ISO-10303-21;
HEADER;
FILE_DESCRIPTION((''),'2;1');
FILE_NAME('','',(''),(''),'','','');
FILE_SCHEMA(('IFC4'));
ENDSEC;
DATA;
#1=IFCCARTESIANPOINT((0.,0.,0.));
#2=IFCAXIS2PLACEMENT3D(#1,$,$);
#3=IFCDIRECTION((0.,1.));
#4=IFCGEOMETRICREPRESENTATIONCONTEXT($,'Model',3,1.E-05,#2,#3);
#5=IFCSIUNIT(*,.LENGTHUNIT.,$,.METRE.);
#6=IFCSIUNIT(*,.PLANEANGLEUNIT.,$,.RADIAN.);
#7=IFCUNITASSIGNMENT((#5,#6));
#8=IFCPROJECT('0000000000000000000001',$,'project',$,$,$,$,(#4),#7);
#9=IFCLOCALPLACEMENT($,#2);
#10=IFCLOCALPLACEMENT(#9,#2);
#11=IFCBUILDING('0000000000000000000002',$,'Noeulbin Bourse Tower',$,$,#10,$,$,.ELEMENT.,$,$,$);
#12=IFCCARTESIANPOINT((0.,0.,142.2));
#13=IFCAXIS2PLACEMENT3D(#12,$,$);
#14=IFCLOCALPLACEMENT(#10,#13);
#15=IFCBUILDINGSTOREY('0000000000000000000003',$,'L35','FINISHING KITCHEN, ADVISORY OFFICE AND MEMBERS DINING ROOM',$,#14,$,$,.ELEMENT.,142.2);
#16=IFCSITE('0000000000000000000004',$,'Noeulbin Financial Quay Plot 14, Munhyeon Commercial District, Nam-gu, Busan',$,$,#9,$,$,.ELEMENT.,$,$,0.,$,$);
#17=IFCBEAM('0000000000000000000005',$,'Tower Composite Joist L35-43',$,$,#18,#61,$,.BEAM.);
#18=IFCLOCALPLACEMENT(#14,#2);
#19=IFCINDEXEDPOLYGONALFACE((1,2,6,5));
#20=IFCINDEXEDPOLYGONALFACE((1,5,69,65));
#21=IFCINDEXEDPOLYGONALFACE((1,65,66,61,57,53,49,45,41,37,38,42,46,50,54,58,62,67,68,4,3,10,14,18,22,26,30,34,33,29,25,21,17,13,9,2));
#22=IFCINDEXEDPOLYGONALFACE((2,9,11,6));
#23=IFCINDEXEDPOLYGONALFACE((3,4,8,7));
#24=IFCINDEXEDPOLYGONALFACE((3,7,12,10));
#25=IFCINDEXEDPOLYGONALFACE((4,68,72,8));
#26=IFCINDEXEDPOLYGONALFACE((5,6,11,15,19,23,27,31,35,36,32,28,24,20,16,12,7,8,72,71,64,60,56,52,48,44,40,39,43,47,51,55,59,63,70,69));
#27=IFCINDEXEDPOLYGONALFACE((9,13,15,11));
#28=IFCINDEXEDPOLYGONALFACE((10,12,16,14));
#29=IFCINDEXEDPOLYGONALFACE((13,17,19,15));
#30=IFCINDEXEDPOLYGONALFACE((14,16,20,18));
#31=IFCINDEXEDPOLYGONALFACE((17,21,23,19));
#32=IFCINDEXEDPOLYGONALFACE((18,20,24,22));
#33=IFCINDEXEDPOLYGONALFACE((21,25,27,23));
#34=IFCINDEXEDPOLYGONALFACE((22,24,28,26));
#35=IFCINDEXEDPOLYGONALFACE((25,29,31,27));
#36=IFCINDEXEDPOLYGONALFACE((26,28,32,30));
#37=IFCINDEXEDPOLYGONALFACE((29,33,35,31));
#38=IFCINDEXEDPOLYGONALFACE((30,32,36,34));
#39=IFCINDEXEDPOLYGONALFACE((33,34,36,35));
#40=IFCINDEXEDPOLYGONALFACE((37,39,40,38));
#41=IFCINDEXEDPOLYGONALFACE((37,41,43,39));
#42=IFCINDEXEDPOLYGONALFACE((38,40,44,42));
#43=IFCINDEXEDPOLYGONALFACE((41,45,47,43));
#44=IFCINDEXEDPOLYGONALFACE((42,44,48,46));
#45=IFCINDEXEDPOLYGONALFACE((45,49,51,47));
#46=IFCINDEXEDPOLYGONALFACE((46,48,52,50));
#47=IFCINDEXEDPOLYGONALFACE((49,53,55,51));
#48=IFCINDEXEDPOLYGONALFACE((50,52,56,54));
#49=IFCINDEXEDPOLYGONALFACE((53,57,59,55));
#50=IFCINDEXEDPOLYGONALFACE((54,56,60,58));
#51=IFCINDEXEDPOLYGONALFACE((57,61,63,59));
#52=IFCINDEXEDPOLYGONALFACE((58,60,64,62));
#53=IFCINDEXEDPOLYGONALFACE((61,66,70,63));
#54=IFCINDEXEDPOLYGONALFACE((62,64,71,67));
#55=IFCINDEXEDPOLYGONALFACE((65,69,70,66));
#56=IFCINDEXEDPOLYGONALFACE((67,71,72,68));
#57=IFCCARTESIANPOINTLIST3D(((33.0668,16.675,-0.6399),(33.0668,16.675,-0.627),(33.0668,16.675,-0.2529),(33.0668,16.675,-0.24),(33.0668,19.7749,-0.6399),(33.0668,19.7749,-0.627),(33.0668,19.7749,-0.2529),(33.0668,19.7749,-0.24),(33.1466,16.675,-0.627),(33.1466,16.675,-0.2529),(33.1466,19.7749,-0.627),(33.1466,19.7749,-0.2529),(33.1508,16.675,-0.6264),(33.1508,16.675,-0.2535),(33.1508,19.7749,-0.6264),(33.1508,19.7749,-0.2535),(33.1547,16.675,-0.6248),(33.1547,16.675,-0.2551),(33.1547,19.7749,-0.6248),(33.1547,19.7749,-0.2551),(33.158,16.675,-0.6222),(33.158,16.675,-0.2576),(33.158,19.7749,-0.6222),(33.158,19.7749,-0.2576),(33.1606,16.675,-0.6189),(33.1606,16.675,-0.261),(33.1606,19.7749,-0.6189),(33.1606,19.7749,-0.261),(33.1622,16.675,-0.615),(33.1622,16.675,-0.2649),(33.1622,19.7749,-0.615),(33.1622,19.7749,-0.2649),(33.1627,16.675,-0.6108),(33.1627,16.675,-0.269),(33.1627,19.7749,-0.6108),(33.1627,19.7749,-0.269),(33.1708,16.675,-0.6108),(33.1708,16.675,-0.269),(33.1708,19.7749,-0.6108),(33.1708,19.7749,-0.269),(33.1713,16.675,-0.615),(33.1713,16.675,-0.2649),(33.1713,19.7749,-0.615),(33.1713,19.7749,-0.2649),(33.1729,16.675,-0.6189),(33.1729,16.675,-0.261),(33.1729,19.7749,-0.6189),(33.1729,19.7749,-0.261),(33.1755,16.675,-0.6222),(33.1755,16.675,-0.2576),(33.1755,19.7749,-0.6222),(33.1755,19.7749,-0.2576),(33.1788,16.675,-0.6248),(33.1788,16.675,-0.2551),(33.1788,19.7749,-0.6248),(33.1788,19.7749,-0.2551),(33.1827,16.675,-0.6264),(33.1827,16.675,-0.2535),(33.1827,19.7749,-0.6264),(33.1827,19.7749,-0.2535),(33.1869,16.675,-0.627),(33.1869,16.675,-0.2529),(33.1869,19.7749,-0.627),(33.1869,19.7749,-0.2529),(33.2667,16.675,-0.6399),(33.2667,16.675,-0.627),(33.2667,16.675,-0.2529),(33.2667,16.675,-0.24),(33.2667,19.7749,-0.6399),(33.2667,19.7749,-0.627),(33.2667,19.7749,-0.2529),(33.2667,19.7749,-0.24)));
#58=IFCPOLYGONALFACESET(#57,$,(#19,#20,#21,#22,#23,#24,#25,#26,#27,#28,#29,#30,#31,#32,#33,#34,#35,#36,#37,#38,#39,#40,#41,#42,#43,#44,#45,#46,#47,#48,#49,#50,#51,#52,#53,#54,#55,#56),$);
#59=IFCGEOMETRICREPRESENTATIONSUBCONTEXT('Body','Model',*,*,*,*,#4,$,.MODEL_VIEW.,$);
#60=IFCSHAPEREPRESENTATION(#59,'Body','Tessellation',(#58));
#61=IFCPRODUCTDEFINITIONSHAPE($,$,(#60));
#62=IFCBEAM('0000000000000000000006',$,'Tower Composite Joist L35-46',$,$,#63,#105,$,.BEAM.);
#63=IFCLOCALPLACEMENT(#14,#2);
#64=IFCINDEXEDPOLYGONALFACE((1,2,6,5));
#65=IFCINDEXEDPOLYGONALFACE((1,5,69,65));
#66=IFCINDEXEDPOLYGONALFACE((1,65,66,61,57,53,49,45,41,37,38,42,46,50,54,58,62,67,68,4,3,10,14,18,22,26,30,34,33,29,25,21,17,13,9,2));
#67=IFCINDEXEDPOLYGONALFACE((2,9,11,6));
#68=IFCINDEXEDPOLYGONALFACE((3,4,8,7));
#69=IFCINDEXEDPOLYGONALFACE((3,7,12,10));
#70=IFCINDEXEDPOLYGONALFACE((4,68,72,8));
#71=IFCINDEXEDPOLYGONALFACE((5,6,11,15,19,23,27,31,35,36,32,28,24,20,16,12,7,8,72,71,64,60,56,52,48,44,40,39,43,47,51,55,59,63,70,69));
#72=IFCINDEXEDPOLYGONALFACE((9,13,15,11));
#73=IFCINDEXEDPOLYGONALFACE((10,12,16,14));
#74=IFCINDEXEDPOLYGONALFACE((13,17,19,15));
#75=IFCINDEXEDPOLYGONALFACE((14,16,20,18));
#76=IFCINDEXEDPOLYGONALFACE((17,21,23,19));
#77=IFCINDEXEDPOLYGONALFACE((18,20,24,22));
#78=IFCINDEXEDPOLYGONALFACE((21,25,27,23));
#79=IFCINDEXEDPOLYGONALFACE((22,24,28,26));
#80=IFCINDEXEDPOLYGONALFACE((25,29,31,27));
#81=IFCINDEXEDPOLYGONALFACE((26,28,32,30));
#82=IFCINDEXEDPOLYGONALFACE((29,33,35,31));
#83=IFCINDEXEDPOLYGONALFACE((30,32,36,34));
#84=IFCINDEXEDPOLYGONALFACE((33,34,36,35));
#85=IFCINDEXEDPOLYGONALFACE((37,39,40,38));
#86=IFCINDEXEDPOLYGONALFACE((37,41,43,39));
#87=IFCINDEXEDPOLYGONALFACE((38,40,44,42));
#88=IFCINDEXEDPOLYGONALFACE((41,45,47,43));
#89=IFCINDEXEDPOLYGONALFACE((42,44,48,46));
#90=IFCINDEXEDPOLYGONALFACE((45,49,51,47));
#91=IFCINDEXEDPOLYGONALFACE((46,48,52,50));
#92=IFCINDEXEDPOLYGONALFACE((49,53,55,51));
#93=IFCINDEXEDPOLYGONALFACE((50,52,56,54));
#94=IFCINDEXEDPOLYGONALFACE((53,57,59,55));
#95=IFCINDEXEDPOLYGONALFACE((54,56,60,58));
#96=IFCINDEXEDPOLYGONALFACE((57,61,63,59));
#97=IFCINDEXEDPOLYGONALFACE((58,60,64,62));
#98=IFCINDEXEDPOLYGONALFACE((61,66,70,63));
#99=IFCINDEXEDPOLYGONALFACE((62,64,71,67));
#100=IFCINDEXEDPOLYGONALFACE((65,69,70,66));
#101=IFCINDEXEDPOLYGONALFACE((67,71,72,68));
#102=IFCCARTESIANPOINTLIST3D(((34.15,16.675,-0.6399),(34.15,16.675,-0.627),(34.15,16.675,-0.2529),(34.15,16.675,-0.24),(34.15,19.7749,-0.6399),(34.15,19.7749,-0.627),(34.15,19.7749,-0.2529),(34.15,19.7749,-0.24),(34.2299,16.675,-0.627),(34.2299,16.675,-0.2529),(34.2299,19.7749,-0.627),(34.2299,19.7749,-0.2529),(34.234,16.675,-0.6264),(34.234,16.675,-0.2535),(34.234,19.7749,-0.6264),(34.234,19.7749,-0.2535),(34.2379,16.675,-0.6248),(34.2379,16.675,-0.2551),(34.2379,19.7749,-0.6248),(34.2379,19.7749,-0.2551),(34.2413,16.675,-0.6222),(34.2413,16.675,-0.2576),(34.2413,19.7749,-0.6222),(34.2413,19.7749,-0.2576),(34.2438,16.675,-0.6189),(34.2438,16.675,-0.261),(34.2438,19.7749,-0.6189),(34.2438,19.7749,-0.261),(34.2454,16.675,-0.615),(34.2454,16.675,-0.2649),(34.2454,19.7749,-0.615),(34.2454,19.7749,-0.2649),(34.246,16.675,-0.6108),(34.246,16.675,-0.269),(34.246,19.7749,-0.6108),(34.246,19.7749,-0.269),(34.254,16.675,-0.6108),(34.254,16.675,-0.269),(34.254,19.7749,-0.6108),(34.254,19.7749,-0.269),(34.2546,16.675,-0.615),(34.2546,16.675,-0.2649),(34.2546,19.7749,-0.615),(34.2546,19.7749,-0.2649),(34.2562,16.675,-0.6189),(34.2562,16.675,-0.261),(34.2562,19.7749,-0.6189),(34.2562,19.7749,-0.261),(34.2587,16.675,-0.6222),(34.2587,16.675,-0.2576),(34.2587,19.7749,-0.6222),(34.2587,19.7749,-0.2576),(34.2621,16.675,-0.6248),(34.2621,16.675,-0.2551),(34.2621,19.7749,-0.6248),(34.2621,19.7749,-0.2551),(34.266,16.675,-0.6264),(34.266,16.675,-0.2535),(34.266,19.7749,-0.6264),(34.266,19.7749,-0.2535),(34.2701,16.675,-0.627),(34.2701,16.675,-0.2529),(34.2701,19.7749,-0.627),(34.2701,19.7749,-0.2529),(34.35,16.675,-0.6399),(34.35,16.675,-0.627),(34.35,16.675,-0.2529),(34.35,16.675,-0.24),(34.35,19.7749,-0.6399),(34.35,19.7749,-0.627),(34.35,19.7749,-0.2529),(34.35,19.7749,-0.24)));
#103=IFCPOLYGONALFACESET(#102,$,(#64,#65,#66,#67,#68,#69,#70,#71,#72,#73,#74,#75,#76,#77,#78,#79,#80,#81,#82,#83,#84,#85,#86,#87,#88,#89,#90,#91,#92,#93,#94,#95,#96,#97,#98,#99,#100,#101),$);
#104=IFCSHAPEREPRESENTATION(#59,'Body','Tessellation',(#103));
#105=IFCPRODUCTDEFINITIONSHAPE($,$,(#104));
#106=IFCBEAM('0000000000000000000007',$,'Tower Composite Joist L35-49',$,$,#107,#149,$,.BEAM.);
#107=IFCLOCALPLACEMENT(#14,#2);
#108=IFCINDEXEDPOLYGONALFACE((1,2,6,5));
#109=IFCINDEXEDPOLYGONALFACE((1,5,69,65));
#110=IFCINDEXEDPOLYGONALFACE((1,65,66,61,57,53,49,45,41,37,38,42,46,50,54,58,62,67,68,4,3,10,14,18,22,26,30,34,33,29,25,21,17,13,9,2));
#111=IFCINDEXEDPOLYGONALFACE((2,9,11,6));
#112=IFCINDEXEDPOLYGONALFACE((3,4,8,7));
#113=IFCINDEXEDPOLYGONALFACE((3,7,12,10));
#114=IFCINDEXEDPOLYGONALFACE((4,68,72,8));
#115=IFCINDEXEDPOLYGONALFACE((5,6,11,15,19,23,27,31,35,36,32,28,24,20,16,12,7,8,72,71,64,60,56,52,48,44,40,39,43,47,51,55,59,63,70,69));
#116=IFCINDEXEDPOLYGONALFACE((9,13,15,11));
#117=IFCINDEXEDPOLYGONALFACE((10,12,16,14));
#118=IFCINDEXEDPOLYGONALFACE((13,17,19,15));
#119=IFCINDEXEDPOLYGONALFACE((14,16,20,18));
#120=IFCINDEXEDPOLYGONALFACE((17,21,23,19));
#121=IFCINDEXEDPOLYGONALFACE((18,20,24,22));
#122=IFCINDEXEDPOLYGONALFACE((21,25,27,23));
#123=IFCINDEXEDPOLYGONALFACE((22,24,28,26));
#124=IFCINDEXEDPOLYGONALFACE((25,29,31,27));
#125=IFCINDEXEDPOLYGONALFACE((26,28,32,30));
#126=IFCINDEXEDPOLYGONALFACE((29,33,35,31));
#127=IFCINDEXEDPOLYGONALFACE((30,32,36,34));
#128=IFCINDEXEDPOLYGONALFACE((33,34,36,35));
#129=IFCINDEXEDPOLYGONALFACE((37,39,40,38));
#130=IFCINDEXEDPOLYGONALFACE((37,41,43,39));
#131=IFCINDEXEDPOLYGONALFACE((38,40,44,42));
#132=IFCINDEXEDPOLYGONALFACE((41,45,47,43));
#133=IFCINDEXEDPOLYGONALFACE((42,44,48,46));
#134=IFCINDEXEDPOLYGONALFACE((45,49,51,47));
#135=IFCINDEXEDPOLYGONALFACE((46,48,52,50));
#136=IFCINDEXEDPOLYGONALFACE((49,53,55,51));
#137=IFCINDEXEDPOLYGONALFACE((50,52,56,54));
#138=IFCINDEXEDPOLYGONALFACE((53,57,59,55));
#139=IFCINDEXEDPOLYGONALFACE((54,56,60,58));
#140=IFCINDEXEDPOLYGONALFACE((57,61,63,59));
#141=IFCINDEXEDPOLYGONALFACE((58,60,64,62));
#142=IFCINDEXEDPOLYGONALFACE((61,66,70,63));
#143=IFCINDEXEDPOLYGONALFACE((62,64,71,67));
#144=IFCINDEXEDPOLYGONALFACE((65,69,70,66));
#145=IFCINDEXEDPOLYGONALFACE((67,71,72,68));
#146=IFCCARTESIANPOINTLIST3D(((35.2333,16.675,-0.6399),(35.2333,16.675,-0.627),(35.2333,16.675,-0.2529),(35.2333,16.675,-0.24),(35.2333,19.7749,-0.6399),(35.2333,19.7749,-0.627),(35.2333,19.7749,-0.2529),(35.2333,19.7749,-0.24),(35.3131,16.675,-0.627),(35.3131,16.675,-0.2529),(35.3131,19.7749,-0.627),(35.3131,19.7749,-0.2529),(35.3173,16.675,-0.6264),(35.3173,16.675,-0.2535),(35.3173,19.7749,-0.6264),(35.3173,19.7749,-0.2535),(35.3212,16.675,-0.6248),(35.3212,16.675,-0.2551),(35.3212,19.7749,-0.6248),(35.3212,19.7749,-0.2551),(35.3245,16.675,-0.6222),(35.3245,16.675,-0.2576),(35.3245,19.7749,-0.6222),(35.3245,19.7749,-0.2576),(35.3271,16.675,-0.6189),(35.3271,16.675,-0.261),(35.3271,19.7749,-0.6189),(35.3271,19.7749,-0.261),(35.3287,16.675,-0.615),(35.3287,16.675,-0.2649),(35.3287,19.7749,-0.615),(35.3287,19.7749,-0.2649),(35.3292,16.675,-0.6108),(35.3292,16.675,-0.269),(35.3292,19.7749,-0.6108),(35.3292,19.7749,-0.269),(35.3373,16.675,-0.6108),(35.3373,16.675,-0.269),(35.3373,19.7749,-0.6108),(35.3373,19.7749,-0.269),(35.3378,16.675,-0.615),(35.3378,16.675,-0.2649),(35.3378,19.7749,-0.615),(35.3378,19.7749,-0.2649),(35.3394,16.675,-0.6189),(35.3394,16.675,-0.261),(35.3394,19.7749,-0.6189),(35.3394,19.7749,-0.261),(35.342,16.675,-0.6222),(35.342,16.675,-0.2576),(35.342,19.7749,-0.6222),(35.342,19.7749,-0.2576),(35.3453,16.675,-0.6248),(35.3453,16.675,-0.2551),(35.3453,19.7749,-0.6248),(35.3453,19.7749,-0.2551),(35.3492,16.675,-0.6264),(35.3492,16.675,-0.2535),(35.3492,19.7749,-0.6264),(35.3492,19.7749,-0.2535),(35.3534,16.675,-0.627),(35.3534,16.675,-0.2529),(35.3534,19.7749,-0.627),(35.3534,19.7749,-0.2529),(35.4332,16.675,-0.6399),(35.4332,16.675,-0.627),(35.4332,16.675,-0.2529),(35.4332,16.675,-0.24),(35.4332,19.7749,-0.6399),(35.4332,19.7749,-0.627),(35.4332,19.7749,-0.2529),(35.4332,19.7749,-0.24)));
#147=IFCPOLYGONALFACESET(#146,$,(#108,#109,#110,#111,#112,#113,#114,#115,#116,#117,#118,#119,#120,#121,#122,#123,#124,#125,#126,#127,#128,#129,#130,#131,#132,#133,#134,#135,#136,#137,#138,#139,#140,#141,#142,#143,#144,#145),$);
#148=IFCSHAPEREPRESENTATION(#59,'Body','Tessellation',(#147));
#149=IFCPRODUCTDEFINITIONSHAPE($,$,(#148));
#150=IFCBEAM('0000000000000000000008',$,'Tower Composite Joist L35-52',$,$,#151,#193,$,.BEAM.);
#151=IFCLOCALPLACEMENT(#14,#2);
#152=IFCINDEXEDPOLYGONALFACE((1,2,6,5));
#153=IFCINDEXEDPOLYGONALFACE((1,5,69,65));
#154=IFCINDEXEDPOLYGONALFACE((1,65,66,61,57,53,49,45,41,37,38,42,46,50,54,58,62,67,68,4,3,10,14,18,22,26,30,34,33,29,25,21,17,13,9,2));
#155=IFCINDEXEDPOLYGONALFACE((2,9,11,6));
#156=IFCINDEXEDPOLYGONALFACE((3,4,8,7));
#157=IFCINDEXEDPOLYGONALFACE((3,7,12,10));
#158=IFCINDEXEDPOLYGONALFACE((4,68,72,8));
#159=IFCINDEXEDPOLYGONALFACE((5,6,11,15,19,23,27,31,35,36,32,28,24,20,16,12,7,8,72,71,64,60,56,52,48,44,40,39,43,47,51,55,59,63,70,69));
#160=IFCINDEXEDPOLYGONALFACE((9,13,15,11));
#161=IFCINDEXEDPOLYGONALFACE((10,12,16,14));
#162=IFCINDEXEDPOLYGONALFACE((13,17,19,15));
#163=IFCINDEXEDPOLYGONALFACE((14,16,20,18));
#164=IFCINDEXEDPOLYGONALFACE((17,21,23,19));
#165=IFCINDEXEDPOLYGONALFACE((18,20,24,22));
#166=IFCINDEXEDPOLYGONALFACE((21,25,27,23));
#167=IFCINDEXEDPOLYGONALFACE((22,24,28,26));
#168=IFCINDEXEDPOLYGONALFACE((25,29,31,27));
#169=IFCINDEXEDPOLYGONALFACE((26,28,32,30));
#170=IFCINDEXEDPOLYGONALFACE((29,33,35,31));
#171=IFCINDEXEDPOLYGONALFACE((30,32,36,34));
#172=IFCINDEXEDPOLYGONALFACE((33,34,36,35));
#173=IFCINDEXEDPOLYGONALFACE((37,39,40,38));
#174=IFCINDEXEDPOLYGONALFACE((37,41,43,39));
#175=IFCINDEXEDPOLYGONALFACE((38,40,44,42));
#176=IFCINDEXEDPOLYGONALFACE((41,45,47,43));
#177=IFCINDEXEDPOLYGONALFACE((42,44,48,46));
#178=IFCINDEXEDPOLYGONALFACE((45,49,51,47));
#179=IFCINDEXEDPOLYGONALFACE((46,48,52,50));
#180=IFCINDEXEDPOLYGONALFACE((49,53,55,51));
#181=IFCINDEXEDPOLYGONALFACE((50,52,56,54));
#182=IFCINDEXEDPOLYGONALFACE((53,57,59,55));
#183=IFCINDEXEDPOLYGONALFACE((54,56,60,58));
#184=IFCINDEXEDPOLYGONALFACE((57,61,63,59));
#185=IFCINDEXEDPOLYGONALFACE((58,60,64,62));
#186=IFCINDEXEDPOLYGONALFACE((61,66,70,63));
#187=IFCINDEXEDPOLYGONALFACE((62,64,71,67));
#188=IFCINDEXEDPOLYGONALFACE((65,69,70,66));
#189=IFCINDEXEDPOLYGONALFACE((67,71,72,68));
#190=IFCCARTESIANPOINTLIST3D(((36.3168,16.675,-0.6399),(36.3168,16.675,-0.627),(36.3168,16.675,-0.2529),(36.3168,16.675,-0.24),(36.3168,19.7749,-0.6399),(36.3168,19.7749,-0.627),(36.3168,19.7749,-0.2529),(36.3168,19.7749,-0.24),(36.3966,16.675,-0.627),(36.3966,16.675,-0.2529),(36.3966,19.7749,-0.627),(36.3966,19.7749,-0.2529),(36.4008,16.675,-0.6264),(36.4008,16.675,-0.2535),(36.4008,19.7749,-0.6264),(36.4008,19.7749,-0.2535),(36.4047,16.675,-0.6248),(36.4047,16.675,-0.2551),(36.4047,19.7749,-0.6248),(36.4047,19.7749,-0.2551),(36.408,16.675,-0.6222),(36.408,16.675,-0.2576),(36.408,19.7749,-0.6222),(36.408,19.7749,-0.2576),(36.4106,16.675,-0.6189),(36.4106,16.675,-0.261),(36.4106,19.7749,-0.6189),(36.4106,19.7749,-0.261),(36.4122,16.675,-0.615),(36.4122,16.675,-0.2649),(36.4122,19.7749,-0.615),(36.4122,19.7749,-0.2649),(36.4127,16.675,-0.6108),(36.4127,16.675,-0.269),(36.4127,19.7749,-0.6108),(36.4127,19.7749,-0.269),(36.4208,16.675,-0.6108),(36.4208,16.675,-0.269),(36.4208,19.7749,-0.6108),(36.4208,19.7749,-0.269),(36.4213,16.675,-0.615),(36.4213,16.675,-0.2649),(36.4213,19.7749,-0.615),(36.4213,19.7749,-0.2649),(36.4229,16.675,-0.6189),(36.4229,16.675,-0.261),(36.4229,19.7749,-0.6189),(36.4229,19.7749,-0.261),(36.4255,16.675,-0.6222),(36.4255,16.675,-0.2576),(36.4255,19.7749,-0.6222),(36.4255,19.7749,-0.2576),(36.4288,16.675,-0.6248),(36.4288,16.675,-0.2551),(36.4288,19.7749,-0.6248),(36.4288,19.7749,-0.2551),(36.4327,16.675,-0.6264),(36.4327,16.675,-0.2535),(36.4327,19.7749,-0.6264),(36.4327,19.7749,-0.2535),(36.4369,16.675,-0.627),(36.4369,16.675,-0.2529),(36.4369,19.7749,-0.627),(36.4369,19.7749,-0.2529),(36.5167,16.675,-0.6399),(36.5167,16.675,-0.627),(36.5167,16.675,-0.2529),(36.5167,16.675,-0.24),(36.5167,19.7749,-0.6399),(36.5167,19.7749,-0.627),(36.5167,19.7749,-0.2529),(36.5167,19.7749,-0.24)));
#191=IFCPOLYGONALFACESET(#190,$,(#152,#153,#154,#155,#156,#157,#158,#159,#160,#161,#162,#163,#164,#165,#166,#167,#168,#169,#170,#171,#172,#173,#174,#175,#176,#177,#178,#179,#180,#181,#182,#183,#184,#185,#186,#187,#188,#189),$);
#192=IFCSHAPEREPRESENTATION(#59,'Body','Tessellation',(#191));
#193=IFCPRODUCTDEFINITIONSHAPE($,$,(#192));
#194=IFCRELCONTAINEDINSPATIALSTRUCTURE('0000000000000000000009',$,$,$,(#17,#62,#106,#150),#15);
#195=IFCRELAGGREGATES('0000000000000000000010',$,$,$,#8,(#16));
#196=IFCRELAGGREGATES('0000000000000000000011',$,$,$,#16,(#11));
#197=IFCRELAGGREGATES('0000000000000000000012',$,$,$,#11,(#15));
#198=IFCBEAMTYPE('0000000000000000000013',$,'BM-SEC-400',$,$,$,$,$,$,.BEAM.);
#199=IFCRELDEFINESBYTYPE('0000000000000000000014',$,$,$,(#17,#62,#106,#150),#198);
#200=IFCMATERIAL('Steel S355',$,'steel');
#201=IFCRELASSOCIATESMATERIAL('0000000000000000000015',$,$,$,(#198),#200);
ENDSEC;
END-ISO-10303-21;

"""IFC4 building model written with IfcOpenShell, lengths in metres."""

from ifc_helpers import new_model, si_unit, direction, frame, origin, origin_2d, place, context, subcontext, project, spatial, i_section, extrude, material, material_profile, profile_set, type_object, element, save


model = new_model("IFC4")

# Units and contexts
model_context = context("Model", 3, precision=1e-05, world=origin(), true_north=direction((0.0, 1.0)))
body_context = subcontext(model_context, "Body", "Model", "MODEL_VIEW")
ifc_project = project(units=[si_unit("LENGTHUNIT", "METRE"), si_unit("PLANEANGLEUNIT", "RADIAN")], contexts=[model_context])

# Site, building, storey
site_placement = place(None, origin())
site = spatial("IfcSite", under=ifc_project, at=site_placement, Name="Noeulbin Financial Quay Plot 14, Munhyeon Commercial District, Nam-gu, Busan", CompositionType="ELEMENT", RefElevation=0.0)
building_placement = place(site_placement, origin())
building = spatial("IfcBuilding", under=site, at=building_placement, Name="Noeulbin Bourse Tower", CompositionType="ELEMENT")
storey_placement = place(building_placement, frame((0.0, 0.0, 142.2)))
storey = spatial("IfcBuildingStorey", under=building, at=storey_placement, Name="L35", Description="FINISHING KITCHEN, ADVISORY OFFICE AND MEMBERS DINING ROOM", CompositionType="ELEMENT", Elevation=142.2)

# Shared definitions
ifc_material_1 = material(Name="Steel S355", Category="steel")

# Beams
ifc_material_profile_1 = material_profile(ifc_material_1, i_section(OverallWidth=0.2, OverallDepth=0.3999, WebThickness=0.0081, FlangeThickness=0.0129, FilletRadius=0.0161, at=origin_2d()), Name="H-400x200x8x13", Category="LoadBearing")
ifc_profile_set_1 = profile_set([ifc_material_profile_1], Name="Steel S355")
beam_type_1 = type_object("IfcBeamType", Name="BM-SEC-400", PredefinedType="BEAM", material=ifc_profile_set_1)
for number, where, z_axis, x_axis, name in (
    (1, (33.1667, 16.675, -0.4399), (0.0, 1.0, 0.0), (-1.0, 0.0, 0.0), "Tower Composite Joist L35-43"),
    (2, (34.25, 16.675, -0.4399), (0.0, 1.0, 0.0), (-1.0, 0.0, 0.0), "Tower Composite Joist L35-46"),
    (3, (35.3333, 16.675, -0.4399), (0.0, 1.0, 0.0), (-1.0, 0.0, 0.0), "Tower Composite Joist L35-49"),
    (4, (36.4167, 16.675, -0.4399), (0.0, 1.0, 0.0), (-1.0, 0.0, 0.0), "Tower Composite Joist L35-52"),
):
    element("IfcBeam", number, at=place(storey_placement, frame(where, z_axis=z_axis, x_axis=x_axis)), inside=storey, type_object=beam_type_1, Name=name, PredefinedType="BEAM", context=body_context, shape_type="SweptSolid", body=[
        extrude(i_section(OverallWidth=0.2, OverallDepth=0.3999, WebThickness=0.0081, FlangeThickness=0.0129, FilletRadius=0.0161, at=origin_2d()), origin(), (0.0, 0.0, 1.0), 3.0999),
    ])

save(model, "model.ifc")
